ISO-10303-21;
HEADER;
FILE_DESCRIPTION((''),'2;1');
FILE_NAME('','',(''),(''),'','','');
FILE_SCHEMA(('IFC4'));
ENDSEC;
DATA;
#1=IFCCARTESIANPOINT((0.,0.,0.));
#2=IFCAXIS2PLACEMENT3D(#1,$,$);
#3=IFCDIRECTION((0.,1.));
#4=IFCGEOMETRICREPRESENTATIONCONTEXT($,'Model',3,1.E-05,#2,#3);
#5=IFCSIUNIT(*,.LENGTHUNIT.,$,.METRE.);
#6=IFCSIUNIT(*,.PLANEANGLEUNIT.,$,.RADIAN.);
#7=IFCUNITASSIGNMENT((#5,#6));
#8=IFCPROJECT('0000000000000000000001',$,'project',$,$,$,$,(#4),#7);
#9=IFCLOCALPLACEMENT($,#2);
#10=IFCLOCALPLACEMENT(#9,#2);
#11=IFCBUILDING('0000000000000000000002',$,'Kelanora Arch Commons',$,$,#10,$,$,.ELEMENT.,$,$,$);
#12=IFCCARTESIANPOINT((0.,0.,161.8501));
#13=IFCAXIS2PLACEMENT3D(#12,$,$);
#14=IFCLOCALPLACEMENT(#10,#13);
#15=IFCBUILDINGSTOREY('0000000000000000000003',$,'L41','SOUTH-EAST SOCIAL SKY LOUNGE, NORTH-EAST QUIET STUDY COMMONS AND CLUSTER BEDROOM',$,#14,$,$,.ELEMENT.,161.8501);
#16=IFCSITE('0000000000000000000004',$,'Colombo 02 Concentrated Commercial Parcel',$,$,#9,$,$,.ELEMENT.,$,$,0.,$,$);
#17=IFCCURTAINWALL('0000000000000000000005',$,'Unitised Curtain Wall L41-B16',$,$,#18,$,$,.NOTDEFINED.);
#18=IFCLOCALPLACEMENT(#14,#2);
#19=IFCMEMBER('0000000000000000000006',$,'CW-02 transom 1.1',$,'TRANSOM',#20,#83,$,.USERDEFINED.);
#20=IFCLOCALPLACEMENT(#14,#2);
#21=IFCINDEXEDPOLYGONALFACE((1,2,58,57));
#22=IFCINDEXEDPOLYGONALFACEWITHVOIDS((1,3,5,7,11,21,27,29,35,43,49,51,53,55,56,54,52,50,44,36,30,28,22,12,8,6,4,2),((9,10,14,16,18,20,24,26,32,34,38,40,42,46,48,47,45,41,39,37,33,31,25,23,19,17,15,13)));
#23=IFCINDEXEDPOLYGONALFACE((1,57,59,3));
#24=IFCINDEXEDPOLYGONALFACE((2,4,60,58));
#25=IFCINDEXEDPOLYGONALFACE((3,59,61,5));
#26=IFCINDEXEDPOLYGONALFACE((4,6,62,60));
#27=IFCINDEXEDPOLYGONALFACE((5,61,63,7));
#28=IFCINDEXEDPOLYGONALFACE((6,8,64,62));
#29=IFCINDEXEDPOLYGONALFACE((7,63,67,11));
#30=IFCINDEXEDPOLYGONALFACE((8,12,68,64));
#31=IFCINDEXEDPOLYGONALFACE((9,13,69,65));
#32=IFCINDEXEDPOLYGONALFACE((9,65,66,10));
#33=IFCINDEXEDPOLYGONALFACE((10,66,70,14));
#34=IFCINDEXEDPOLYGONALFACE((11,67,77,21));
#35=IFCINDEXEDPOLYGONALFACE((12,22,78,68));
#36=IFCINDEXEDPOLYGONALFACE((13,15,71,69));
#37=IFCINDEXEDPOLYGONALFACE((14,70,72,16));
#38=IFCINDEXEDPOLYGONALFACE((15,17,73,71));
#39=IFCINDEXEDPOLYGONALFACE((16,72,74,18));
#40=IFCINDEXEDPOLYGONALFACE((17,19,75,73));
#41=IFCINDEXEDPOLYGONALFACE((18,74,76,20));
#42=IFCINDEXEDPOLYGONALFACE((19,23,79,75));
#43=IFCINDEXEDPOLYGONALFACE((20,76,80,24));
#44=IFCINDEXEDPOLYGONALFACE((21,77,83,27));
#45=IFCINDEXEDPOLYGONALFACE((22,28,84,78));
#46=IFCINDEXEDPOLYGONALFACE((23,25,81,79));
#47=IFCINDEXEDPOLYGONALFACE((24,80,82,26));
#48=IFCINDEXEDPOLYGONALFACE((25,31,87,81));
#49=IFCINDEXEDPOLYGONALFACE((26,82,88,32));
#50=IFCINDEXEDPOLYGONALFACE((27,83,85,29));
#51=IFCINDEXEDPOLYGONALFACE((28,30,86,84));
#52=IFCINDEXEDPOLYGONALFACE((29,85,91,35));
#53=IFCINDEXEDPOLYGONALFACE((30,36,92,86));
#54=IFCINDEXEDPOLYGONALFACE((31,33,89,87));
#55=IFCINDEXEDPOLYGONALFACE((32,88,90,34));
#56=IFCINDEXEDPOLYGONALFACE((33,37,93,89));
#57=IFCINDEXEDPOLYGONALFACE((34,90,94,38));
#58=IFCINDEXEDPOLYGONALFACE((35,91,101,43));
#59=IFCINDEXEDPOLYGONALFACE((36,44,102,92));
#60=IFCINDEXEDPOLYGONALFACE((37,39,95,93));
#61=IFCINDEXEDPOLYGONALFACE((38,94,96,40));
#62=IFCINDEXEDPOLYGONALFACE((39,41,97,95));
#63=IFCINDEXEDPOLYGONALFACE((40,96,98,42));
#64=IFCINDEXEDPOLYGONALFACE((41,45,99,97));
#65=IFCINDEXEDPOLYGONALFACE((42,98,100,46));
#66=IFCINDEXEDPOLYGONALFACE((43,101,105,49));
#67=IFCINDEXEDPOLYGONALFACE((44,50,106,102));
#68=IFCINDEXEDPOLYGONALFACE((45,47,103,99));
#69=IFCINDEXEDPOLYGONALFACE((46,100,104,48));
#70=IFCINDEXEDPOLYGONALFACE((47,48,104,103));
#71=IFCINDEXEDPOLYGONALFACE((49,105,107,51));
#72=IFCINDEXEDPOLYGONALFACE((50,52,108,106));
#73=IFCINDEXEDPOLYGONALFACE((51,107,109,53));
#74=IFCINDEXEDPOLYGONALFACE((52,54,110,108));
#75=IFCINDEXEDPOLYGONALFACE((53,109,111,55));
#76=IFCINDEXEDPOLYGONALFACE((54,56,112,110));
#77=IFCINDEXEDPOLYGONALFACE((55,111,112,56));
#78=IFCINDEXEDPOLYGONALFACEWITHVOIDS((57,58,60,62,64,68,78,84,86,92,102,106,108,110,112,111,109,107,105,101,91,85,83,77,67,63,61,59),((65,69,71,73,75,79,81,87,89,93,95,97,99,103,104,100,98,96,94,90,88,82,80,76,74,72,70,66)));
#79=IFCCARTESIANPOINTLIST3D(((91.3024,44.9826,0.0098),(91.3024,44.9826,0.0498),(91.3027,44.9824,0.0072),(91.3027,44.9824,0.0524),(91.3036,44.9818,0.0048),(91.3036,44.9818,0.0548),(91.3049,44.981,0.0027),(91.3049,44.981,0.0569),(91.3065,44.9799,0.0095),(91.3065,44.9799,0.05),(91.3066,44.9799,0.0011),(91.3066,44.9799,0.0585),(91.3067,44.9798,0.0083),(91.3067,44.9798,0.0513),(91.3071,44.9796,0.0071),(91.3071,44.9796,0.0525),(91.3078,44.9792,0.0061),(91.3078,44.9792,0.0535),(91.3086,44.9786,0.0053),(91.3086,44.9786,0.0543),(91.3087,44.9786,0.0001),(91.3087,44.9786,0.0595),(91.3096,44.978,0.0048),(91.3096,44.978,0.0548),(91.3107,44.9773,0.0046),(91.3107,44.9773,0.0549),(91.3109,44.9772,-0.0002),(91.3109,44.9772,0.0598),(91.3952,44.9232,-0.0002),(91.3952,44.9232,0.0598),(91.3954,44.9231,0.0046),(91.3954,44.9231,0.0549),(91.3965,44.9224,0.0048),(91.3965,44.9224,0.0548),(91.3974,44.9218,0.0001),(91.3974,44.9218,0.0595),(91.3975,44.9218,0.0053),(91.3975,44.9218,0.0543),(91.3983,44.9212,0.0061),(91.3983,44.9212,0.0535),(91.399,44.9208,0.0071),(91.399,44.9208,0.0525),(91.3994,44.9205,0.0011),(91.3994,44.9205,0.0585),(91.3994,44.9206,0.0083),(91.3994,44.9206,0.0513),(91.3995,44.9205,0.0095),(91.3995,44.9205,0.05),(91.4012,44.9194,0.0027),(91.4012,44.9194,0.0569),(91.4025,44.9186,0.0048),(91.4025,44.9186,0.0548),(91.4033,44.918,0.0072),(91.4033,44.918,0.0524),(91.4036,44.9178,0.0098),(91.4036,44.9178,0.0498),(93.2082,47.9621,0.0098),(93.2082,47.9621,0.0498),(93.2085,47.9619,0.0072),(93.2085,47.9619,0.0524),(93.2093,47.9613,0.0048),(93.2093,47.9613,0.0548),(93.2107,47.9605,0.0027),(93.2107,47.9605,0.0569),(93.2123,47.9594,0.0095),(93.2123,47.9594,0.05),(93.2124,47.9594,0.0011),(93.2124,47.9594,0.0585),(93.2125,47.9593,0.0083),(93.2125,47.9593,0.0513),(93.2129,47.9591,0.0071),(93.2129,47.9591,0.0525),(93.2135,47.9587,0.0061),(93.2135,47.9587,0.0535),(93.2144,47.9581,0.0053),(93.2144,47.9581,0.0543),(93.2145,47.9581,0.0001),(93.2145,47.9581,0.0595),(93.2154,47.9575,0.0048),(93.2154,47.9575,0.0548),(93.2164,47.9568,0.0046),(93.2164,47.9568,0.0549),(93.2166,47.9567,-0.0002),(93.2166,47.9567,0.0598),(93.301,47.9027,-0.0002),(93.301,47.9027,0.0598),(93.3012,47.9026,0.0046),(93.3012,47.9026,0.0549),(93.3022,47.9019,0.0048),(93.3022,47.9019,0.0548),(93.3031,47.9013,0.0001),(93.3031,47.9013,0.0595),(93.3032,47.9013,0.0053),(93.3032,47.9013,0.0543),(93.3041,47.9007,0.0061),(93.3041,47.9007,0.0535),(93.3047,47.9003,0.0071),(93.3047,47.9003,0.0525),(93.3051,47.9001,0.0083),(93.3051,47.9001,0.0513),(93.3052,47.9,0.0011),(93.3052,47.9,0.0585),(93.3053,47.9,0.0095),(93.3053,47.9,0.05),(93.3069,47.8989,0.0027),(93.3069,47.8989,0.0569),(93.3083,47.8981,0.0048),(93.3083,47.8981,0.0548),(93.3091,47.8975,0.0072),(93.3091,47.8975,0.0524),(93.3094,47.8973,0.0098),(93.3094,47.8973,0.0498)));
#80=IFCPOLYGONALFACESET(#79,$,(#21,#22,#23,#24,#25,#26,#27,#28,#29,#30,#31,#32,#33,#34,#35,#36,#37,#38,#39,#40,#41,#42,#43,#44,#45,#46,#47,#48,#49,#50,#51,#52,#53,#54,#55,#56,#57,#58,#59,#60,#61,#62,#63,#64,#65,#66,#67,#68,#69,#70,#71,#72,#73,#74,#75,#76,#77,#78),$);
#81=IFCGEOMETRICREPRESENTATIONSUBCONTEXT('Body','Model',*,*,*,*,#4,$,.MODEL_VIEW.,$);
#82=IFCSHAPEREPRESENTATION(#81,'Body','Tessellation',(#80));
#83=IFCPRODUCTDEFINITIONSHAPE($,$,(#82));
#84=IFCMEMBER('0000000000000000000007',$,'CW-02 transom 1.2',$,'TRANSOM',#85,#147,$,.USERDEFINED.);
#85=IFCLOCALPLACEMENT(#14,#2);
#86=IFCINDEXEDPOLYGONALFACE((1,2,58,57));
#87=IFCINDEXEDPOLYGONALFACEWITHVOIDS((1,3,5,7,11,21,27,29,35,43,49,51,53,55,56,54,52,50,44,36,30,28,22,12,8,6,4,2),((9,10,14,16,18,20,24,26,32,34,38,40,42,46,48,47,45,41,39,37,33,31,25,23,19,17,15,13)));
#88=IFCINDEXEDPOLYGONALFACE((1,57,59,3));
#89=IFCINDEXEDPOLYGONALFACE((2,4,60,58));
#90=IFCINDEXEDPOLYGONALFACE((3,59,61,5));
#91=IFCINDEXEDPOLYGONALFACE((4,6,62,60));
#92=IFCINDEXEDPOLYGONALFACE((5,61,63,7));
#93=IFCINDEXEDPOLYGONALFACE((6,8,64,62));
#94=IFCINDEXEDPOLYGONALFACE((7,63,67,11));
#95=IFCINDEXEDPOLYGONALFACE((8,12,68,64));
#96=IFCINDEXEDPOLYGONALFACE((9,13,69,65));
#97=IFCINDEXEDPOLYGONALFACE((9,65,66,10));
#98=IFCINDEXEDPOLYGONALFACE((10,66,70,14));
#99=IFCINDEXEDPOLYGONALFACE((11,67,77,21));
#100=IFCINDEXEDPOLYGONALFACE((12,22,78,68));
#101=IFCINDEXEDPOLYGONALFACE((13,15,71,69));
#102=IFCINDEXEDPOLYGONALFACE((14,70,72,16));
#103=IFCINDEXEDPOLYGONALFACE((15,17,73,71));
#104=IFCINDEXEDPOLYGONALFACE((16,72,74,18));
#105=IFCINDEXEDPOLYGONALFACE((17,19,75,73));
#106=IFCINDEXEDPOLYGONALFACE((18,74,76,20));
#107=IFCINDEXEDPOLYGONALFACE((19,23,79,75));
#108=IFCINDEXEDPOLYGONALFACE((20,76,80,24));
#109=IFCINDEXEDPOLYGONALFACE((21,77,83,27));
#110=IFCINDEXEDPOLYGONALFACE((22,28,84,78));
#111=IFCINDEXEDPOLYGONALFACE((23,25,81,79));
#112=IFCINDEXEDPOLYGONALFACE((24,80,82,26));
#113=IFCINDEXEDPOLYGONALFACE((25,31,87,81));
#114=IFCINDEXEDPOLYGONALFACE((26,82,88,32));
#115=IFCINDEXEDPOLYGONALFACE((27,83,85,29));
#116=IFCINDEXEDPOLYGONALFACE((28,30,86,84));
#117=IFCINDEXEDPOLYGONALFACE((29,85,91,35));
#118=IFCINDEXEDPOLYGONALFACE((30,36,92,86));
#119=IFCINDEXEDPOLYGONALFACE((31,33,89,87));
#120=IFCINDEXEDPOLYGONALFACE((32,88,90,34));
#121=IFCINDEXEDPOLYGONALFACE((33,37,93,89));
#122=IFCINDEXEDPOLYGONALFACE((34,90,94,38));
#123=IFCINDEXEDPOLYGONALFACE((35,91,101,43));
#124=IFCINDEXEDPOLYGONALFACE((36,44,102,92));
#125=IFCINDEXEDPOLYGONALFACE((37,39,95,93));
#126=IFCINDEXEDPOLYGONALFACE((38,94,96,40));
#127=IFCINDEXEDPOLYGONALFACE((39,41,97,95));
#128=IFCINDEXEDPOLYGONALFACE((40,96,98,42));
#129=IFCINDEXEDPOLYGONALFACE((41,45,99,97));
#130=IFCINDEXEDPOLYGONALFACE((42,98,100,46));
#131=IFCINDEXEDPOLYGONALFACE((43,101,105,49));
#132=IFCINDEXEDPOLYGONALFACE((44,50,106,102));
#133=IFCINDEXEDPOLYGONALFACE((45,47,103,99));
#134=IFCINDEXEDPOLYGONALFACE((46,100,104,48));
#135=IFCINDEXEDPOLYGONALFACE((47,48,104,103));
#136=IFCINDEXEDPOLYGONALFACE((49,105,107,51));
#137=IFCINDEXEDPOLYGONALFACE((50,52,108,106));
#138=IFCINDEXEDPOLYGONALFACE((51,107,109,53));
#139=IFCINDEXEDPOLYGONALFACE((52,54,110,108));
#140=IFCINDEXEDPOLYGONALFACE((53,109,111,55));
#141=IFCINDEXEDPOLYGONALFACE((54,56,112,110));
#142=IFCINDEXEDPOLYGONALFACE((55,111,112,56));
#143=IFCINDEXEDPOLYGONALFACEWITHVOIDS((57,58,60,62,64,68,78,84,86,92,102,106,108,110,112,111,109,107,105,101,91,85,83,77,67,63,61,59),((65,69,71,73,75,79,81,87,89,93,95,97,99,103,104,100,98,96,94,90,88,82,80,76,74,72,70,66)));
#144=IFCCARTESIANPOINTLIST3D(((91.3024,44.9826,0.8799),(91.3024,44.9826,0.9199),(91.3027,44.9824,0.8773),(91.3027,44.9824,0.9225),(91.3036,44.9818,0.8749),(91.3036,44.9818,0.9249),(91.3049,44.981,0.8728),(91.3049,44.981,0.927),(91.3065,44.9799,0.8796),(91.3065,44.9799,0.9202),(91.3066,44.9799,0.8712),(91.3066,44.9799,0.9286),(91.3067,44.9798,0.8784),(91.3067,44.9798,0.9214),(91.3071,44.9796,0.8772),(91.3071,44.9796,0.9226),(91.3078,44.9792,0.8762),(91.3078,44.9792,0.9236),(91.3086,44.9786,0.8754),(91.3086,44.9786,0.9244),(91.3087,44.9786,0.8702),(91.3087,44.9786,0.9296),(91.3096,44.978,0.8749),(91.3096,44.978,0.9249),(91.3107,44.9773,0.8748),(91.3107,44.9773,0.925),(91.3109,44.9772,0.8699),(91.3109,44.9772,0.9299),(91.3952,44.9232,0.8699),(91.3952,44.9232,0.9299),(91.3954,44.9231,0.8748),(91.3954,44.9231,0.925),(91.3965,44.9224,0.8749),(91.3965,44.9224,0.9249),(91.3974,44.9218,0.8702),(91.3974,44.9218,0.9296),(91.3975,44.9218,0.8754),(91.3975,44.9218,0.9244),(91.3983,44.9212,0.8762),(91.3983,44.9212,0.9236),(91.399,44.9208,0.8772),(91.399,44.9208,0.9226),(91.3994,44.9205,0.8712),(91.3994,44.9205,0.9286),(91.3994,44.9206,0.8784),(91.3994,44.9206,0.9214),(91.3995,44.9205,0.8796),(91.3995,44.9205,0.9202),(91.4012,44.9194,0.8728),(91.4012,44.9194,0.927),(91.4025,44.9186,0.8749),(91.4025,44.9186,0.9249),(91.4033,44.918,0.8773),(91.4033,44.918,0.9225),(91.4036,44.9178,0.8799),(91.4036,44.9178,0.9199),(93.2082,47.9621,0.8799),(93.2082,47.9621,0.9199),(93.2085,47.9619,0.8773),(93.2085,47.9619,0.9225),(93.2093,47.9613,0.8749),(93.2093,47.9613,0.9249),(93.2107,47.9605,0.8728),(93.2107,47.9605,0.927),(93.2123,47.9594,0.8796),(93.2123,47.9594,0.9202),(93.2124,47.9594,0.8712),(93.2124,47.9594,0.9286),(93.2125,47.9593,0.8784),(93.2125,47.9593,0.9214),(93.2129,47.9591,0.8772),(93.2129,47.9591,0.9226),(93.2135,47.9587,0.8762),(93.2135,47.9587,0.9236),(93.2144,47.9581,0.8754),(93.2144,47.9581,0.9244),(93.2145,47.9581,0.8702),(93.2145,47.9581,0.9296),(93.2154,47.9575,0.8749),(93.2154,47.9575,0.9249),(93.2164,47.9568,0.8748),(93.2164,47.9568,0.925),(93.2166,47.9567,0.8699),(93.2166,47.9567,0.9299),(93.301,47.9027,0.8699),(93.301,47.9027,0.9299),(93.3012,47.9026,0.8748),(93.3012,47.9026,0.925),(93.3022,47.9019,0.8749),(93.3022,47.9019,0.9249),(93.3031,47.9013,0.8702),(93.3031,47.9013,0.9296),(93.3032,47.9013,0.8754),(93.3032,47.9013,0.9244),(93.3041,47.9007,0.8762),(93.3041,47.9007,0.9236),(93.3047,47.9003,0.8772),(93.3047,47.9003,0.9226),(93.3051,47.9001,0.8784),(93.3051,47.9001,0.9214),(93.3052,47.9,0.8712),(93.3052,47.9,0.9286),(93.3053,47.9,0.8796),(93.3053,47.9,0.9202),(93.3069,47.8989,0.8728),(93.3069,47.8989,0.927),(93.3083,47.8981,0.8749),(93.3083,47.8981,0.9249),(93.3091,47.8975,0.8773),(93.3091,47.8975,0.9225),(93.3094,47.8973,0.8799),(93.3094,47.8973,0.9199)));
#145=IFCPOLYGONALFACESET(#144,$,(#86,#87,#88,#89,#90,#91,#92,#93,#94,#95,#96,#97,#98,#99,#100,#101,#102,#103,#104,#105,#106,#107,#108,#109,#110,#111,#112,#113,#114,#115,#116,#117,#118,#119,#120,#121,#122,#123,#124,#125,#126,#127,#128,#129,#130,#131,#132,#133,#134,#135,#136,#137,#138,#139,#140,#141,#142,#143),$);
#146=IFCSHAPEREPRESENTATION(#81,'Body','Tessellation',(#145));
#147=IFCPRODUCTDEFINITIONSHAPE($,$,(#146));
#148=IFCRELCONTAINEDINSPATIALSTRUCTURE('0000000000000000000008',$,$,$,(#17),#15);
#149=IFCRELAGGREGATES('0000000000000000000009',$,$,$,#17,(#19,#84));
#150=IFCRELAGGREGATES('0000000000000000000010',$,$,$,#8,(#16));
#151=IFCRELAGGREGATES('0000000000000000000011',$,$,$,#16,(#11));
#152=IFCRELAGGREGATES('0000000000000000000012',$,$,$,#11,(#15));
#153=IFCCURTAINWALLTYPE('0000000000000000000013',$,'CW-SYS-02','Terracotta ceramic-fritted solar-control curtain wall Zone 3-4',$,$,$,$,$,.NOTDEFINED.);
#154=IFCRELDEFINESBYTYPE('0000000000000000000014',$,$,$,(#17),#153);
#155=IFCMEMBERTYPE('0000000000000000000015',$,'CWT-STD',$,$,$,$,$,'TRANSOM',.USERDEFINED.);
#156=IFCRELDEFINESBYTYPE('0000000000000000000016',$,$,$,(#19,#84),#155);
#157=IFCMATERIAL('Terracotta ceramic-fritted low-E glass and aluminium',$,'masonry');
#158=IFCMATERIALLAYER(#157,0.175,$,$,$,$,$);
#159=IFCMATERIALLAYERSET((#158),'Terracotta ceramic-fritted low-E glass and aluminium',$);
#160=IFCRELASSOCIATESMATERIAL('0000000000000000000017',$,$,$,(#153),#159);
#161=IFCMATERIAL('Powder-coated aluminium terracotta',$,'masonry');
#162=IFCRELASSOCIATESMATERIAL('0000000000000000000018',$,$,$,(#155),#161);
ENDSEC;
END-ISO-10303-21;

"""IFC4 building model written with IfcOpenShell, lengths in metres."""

from ifc_helpers import new_model, si_unit, direction, frame, origin, origin_2d, place, context, subcontext, project, spatial, hollow_rectangle, extrude, material, layer, layer_set, material_profile, profile_set, type_object, element, aggregate, save


model = new_model("IFC4")

# Units and contexts
model_context = context("Model", 3, precision=1e-05, world=origin(), true_north=direction((0.0, 1.0)))
body_context = subcontext(model_context, "Body", "Model", "MODEL_VIEW")
ifc_project = project(units=[si_unit("LENGTHUNIT", "METRE"), si_unit("PLANEANGLEUNIT", "RADIAN")], contexts=[model_context])

# Site, building, storey
site_placement = place(None, origin())
site = spatial("IfcSite", under=ifc_project, at=site_placement, Name="Colombo 02 Concentrated Commercial Parcel", CompositionType="ELEMENT", RefElevation=0.0)
building_placement = place(site_placement, origin())
building = spatial("IfcBuilding", under=site, at=building_placement, Name="Kelanora Arch Commons", CompositionType="ELEMENT")
storey_placement = place(building_placement, frame((0.0, 0.0, 161.8501)))
storey = spatial("IfcBuildingStorey", under=building, at=storey_placement, Name="L41", Description="SOUTH-EAST SOCIAL SKY LOUNGE, NORTH-EAST QUIET STUDY COMMONS AND CLUSTER BEDROOM", CompositionType="ELEMENT", Elevation=161.8501)

# Shared definitions
ifc_material_1 = material(Name="Terracotta ceramic-fritted low-E glass and aluminium", Category="masonry")
ifc_layer_1 = layer(ifc_material_1, 0.175)
ifc_layer_set_1 = layer_set([ifc_layer_1], Name="Terracotta ceramic-fritted low-E glass and aluminium")
curtain_wall_type = type_object("IfcCurtainWallType", Name="CW-SYS-02", Description="Terracotta ceramic-fritted solar-control curtain wall Zone 3-4", PredefinedType="NOTDEFINED", material=ifc_layer_set_1)
ifc_material_2 = material(Name="Powder-coated aluminium terracotta", Category="masonry")

# Curtain wall, members
curtain_wall_1_placement = place(storey_placement, origin())
curtain_wall_1 = element("IfcCurtainWall", 1, at=curtain_wall_1_placement, inside=storey, type_object=curtain_wall_type, Name="Unitised Curtain Wall L41-B16", PredefinedType="NOTDEFINED")
ifc_material_profile_1 = material_profile(ifc_material_2, hollow_rectangle(XDim=0.1201, YDim=0.0601, WallThickness=0.0049, InnerFilletRadius=0.0049, OuterFilletRadius=0.01, at=origin_2d()), Name="CWT120x60")
ifc_profile_set_1 = profile_set([ifc_material_profile_1], Name="Powder-coated aluminium terracotta")
member_type_1 = type_object("IfcMemberType", Name="CWT-STD", ElementType="TRANSOM", PredefinedType="USERDEFINED", material=ifc_profile_set_1)
member_1_placement = place(storey_placement, frame((91.353, 44.9502, 0.0298), z_axis=(0.53883, 0.842414, 0.0), x_axis=(-0.842414, 0.53883, 0.0)))
member_1 = element("IfcMember", 2, at=member_1_placement, type_object=member_type_1, Name="CW-02 transom 1.1", ObjectType="TRANSOM", PredefinedType="USERDEFINED", context=body_context, shape_type="SweptSolid", body=[
    extrude(hollow_rectangle(XDim=0.1201, YDim=0.0601, WallThickness=0.0049, InnerFilletRadius=0.0049, OuterFilletRadius=0.01, at=origin_2d()), origin(), (0.0, 0.0, 1.0), 3.5369),
])
member_2_placement = place(storey_placement, frame((91.353, 44.9502, 0.8999), z_axis=(0.53883, 0.842414, 0.0), x_axis=(-0.842414, 0.53883, 0.0)))
member_2 = element("IfcMember", 3, at=member_2_placement, type_object=member_type_1, Name="CW-02 transom 1.2", ObjectType="TRANSOM", PredefinedType="USERDEFINED", context=body_context, shape_type="SweptSolid", body=[
    extrude(hollow_rectangle(XDim=0.1201, YDim=0.0601, WallThickness=0.0049, InnerFilletRadius=0.0049, OuterFilletRadius=0.01, at=origin_2d()), origin(), (0.0, 0.0, 1.0), 3.5369),
])

aggregate(curtain_wall_1, [member_1, member_2])

save(model, "model.ifc")
